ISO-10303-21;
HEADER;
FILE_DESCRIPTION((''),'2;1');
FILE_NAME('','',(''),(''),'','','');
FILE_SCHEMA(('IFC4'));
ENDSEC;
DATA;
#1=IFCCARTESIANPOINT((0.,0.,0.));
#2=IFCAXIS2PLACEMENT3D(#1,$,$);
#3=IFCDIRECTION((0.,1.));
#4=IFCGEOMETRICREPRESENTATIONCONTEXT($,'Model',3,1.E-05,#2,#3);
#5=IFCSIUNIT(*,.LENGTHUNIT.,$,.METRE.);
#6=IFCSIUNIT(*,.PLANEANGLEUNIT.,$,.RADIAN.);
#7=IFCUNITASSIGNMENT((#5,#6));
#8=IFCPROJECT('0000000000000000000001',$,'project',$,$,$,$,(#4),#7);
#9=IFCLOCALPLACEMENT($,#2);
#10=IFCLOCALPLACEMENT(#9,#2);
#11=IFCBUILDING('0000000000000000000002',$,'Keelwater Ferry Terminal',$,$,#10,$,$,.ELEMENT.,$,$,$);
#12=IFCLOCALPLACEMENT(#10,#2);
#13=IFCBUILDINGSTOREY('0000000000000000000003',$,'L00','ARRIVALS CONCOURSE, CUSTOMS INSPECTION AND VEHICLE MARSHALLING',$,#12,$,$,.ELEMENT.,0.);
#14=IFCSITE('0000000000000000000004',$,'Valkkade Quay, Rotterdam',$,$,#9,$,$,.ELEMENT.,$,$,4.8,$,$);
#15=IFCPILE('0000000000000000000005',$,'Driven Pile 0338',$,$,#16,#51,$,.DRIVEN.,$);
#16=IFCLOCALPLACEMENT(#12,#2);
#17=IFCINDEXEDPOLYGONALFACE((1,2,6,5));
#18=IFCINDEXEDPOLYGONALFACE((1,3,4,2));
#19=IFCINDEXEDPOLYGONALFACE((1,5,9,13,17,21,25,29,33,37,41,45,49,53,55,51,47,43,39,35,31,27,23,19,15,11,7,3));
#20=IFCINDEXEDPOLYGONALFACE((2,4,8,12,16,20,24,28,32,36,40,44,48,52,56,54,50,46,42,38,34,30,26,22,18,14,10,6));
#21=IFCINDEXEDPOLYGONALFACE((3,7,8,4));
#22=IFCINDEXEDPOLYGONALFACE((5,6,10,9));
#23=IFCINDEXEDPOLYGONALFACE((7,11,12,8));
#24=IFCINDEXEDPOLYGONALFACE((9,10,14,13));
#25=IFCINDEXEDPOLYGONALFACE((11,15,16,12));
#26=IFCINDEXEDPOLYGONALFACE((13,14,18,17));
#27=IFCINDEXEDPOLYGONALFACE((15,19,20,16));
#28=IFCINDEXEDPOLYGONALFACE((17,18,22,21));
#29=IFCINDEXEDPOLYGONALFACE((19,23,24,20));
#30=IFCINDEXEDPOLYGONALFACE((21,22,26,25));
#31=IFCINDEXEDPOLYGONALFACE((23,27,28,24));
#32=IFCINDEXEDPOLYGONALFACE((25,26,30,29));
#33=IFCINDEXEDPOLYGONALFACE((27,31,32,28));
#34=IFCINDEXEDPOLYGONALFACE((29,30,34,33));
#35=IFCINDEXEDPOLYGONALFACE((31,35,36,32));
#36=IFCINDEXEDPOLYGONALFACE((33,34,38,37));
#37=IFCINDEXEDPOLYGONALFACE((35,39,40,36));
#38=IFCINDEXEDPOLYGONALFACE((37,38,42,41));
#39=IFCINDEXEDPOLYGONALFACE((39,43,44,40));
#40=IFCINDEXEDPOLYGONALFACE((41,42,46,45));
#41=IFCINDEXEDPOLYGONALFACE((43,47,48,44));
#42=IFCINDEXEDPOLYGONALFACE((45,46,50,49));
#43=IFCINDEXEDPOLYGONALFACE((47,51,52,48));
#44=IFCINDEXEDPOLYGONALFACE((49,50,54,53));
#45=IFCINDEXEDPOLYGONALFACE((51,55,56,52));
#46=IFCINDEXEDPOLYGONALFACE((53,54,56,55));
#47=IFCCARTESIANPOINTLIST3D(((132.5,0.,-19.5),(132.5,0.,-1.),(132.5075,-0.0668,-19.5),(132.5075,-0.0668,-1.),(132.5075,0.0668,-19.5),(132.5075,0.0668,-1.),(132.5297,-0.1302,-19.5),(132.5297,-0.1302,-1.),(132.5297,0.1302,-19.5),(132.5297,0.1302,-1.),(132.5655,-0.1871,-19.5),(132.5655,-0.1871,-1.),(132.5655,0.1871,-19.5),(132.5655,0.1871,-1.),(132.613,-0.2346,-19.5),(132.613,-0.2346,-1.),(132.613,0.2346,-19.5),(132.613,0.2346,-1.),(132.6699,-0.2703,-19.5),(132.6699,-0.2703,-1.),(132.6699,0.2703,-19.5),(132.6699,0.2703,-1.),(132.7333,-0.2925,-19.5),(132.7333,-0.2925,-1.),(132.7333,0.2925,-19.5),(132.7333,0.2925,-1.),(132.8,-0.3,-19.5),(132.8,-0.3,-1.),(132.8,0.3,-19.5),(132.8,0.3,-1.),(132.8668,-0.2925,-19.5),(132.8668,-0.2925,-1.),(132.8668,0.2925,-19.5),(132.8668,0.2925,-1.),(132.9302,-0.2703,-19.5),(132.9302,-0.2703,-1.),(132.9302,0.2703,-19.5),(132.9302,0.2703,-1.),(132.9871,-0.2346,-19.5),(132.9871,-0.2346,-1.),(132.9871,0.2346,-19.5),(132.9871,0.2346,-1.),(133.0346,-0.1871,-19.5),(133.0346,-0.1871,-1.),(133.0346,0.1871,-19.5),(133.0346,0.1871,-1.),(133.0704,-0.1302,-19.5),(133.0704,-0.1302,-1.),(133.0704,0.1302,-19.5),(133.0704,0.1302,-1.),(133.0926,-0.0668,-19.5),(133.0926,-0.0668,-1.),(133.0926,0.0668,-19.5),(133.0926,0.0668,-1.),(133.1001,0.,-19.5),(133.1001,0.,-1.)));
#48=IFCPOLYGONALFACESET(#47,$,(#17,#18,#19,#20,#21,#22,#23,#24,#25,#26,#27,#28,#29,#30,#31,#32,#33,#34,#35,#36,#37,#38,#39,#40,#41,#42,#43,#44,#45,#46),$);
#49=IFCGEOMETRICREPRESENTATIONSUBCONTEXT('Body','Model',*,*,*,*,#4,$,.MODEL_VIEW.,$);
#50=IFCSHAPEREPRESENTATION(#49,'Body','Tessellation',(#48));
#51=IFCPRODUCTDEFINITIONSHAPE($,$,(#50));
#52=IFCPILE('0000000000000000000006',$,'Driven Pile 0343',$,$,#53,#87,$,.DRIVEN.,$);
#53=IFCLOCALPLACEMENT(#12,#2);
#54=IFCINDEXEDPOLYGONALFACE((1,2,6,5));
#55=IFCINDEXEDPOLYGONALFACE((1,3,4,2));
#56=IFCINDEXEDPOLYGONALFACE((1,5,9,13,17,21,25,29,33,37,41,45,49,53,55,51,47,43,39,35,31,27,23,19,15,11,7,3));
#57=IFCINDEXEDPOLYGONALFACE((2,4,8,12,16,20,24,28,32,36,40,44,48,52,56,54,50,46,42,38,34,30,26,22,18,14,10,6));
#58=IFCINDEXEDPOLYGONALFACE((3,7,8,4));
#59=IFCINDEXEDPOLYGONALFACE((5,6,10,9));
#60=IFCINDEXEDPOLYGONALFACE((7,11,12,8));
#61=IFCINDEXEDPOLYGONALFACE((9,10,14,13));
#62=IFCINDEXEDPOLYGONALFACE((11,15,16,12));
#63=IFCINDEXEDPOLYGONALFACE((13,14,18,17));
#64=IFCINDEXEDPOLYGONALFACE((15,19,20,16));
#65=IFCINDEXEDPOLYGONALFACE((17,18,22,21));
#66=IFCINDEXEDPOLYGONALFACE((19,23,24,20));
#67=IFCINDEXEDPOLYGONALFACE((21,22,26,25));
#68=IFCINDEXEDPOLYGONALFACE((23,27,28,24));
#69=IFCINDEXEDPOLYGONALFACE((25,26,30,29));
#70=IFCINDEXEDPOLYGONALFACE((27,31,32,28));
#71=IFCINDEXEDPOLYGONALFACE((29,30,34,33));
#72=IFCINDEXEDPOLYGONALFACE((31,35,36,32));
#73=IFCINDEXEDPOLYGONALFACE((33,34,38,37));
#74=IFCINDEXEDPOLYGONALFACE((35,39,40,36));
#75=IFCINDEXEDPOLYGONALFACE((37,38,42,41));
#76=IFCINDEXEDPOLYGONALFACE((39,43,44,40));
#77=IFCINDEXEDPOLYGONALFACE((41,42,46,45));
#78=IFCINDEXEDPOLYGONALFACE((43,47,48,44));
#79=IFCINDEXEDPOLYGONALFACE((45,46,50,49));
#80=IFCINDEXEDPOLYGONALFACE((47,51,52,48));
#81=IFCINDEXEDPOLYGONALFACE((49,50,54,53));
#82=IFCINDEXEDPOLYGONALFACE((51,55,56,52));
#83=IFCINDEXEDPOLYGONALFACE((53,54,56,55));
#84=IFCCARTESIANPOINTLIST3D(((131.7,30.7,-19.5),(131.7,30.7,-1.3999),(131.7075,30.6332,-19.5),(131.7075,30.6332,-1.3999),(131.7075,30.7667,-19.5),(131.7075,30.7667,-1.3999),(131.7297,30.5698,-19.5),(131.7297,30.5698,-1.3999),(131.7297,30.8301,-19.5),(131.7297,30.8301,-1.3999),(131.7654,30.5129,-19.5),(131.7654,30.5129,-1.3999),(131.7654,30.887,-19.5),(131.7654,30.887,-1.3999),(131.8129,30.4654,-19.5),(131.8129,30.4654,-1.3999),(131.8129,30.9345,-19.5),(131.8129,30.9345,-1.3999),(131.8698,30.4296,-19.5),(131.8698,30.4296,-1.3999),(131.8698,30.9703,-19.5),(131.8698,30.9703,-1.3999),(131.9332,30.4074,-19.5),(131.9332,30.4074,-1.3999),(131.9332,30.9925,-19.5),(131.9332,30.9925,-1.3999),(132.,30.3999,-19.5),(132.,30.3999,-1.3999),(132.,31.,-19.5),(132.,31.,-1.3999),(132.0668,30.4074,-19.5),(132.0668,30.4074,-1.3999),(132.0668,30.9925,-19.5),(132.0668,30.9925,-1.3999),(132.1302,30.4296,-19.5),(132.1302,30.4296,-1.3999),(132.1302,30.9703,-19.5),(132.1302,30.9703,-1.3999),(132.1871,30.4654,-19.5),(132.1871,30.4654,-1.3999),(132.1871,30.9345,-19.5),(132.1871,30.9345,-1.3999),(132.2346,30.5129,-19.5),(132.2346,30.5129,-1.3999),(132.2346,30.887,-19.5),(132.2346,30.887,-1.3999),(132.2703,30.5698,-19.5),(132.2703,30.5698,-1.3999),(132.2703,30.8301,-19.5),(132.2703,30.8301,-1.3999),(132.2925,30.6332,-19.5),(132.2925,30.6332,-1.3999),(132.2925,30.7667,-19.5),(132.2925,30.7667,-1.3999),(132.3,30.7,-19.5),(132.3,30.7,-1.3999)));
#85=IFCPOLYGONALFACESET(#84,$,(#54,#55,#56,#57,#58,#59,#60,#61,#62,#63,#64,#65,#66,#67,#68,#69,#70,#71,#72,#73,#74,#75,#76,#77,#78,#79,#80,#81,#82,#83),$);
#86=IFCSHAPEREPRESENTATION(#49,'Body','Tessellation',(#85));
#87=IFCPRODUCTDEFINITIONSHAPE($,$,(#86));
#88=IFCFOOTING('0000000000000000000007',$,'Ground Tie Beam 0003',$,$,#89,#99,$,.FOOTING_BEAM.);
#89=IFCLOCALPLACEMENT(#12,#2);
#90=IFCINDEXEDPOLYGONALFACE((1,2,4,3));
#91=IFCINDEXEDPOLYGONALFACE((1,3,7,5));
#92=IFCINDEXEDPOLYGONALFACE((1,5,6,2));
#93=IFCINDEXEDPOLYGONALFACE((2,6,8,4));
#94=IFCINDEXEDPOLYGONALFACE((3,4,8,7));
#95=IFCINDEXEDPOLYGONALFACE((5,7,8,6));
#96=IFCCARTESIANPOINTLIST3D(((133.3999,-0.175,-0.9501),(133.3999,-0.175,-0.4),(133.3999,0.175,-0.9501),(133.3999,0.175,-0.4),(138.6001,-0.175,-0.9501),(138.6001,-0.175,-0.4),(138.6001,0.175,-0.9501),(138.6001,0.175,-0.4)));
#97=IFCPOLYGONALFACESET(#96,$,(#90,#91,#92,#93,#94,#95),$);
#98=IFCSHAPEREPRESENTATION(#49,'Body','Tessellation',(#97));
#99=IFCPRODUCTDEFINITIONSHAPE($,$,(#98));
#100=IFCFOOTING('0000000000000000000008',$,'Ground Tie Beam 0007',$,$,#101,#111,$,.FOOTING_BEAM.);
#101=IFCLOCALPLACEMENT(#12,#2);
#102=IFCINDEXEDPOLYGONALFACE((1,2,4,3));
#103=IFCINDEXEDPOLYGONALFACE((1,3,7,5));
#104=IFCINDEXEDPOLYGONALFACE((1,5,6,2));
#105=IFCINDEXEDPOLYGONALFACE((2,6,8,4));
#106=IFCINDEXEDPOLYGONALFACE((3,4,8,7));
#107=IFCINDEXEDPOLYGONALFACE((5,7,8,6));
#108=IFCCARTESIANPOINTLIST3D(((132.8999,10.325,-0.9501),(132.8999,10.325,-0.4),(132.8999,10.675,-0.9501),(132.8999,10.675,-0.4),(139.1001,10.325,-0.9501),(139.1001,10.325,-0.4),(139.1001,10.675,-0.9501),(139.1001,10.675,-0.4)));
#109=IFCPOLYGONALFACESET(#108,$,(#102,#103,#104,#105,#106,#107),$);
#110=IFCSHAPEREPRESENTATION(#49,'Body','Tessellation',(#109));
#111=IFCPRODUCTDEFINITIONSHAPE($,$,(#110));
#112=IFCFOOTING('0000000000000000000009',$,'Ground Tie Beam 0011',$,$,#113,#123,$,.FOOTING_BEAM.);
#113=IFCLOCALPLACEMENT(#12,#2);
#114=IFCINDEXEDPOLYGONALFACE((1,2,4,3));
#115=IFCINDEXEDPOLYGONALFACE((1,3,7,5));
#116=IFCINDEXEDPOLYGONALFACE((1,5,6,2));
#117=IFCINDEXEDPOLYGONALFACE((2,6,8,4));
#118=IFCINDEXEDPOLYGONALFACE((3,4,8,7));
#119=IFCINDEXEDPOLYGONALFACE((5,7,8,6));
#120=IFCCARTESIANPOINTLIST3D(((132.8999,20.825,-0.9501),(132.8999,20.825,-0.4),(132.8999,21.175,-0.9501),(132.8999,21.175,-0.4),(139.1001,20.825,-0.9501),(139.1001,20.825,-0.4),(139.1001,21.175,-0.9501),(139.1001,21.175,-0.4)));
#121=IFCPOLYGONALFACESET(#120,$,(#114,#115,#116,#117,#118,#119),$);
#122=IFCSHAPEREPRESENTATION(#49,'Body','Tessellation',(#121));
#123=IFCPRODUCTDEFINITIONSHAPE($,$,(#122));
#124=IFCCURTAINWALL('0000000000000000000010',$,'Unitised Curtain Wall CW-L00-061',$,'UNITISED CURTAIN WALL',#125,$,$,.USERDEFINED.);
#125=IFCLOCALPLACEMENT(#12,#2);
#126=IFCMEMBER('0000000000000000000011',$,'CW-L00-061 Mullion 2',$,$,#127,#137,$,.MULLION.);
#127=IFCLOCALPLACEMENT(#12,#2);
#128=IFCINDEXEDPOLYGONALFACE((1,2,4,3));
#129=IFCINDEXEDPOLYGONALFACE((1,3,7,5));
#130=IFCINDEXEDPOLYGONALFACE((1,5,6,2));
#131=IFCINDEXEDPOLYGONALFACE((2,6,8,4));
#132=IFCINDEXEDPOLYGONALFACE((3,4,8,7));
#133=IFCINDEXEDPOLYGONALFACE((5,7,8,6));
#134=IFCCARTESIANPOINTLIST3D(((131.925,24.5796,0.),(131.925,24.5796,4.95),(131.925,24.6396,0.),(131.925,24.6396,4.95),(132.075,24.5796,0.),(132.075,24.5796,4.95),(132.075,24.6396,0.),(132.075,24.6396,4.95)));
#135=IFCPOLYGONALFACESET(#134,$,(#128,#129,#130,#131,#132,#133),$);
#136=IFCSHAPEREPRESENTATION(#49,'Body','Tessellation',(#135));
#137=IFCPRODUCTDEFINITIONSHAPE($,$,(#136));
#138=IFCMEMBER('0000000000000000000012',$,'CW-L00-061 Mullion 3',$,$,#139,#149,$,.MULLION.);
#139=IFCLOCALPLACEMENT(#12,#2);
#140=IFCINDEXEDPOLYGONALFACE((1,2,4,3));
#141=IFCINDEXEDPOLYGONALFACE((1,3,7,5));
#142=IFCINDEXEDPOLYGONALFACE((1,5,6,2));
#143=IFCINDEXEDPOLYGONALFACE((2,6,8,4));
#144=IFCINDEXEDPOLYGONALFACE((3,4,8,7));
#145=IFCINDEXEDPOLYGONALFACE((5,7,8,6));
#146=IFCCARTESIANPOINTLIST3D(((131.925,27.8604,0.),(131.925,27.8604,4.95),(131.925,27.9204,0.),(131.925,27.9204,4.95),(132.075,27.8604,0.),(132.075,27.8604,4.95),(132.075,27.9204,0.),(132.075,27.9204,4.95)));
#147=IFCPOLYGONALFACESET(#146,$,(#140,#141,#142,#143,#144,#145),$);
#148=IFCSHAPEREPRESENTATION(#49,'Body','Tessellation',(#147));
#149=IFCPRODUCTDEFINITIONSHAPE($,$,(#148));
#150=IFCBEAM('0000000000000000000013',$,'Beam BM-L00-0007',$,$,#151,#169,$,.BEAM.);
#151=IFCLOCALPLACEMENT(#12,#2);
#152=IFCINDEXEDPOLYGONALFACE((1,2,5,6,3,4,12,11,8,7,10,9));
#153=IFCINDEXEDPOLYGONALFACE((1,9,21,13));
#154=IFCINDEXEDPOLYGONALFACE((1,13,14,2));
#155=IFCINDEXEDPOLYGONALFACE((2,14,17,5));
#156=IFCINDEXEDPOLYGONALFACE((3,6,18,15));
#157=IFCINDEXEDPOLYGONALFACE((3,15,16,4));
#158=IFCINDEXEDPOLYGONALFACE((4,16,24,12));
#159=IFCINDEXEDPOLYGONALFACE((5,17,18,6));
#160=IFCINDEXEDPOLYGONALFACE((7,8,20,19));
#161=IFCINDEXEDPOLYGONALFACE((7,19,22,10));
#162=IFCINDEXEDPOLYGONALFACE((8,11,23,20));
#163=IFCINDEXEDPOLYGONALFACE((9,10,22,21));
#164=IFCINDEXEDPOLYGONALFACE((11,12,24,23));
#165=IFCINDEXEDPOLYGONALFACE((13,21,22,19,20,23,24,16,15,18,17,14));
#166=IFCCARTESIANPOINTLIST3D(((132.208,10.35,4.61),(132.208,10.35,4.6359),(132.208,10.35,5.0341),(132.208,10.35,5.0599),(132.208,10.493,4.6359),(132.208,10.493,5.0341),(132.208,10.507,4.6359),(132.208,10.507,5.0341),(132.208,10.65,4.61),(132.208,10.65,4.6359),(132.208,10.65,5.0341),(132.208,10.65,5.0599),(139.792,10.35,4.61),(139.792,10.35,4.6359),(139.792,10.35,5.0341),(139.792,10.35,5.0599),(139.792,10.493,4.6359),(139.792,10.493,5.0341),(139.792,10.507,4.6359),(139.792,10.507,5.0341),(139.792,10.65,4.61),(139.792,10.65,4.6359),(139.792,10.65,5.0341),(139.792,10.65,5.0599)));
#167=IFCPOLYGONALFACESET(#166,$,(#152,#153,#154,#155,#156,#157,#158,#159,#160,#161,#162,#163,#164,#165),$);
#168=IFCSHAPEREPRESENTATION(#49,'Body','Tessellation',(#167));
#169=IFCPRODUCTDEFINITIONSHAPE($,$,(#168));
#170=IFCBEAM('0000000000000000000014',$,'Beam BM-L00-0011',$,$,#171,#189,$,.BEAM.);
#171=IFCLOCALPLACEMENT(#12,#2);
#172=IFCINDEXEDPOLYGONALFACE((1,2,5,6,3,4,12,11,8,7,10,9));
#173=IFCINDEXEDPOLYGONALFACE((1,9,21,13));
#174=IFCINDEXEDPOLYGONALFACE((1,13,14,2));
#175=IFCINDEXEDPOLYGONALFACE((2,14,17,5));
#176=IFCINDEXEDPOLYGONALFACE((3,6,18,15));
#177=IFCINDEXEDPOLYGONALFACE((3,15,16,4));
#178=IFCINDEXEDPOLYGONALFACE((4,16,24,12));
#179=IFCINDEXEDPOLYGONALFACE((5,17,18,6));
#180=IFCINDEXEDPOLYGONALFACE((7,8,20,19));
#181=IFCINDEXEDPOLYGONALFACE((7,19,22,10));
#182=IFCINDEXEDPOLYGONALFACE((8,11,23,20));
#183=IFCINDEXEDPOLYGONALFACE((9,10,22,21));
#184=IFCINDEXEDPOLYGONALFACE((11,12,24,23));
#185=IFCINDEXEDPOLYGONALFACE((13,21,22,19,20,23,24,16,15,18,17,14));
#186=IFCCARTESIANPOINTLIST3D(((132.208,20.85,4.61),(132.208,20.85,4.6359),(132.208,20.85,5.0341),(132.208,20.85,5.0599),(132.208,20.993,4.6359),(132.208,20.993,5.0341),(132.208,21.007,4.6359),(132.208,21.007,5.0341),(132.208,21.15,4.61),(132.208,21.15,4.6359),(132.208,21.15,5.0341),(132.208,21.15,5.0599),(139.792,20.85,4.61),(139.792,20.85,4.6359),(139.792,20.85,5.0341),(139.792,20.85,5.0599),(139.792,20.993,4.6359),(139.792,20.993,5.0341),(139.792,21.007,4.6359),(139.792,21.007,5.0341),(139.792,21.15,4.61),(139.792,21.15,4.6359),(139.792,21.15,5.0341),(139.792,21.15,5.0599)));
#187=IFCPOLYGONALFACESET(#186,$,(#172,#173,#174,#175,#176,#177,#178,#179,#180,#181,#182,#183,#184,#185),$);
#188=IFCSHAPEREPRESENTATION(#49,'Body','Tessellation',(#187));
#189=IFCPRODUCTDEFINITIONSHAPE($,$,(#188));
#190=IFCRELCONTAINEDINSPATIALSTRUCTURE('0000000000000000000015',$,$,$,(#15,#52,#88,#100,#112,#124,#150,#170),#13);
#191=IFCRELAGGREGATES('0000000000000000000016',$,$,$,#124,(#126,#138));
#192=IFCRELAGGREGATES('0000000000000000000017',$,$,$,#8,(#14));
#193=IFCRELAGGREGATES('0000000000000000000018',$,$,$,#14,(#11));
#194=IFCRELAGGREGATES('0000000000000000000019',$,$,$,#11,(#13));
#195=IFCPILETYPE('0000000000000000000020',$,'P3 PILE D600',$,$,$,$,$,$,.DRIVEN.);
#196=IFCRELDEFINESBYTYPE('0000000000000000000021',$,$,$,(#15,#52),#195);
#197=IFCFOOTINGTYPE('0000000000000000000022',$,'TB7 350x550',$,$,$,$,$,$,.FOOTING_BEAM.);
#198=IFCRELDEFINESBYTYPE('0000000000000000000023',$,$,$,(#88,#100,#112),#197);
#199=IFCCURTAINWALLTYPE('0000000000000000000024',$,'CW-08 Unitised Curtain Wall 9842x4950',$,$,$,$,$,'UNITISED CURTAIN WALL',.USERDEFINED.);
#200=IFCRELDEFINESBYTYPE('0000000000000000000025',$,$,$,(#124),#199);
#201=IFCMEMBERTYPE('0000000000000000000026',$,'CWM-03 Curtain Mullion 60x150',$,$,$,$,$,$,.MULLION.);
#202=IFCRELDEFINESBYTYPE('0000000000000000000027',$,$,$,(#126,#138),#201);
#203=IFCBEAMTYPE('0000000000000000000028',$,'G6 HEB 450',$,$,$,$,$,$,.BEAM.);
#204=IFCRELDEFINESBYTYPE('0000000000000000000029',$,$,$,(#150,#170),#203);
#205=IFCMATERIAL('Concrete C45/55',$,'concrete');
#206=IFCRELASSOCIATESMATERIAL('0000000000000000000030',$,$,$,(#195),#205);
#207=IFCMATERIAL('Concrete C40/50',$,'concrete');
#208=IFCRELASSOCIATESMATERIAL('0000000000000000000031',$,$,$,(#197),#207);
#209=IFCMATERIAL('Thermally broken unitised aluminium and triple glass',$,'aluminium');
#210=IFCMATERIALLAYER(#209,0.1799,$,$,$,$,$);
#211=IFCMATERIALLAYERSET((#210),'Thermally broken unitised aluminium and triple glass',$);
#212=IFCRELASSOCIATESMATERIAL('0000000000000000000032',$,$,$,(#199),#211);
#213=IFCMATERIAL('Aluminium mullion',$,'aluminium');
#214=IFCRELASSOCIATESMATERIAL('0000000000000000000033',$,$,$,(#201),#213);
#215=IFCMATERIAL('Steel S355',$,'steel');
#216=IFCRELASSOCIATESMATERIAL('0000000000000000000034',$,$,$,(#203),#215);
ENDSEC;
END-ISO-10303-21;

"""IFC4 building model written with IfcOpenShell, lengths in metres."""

from ifc_helpers import new_model, si_unit, direction, frame, origin, origin_2d, place, context, subcontext, project, spatial, rectangle, circle, i_section, extrude, material, layer, layer_set, material_profile, profile_set, type_object, element, aggregate, save


model = new_model("IFC4")

# Units and contexts
model_context = context("Model", 3, precision=1e-05, world=origin(), true_north=direction((0.0, 1.0)))
body_context = subcontext(model_context, "Body", "Model", "MODEL_VIEW")
ifc_project = project(units=[si_unit("LENGTHUNIT", "METRE"), si_unit("PLANEANGLEUNIT", "RADIAN")], contexts=[model_context])

# Site, building, storey
site_placement = place(None, origin())
site = spatial("IfcSite", under=ifc_project, at=site_placement, Name="Valkkade Quay, Rotterdam", CompositionType="ELEMENT", RefElevation=4.8)
building_placement = place(site_placement, origin())
building = spatial("IfcBuilding", under=site, at=building_placement, Name="Keelwater Ferry Terminal", CompositionType="ELEMENT")
storey_placement = place(building_placement, origin())
storey = spatial("IfcBuildingStorey", under=building, at=storey_placement, Name="L00", Description="ARRIVALS CONCOURSE, CUSTOMS INSPECTION AND VEHICLE MARSHALLING", CompositionType="ELEMENT", Elevation=0.0)

# Piles
ifc_material_1 = material(Name="Concrete C45/55", Category="concrete")
ifc_material_profile_1 = material_profile(ifc_material_1, circle(Radius=0.3, at=origin_2d()), Name="PILE D600")
ifc_profile_set_1 = profile_set([ifc_material_profile_1], Name="Concrete C45/55")
pile_type = type_object("IfcPileType", Name="P3 PILE D600", PredefinedType="DRIVEN", material=ifc_profile_set_1)
pile_1_placement = place(storey_placement, frame((132.8, 0.0, -1.0), z_axis=(0.0, 0.0, -1.0), x_axis=(1.0, 0.0, 0.0)))
element("IfcPile", 1, at=pile_1_placement, inside=storey, type_object=pile_type, Name="Driven Pile 0338", PredefinedType="DRIVEN", context=body_context, shape_type="SweptSolid", body=[
    extrude(circle(Radius=0.3, at=origin_2d()), origin(), (0.0, 0.0, 1.0), 18.5),
])
pile_2_placement = place(storey_placement, frame((132.0, 30.7, -1.3999), z_axis=(0.0, 0.0, -1.0), x_axis=(1.0, 0.0, 0.0)))
element("IfcPile", 2, at=pile_2_placement, inside=storey, type_object=pile_type, Name="Driven Pile 0343", PredefinedType="DRIVEN", context=body_context, shape_type="SweptSolid", body=[
    extrude(circle(Radius=0.3, at=origin_2d()), origin(), (0.0, 0.0, 1.0), 18.1001),
])

# Footings
ifc_material_2 = material(Name="Concrete C40/50", Category="concrete")
ifc_material_profile_2 = material_profile(ifc_material_2, rectangle(XDim=0.3501, YDim=0.55, at=origin_2d()), Name="TB 350x550")
ifc_profile_set_2 = profile_set([ifc_material_profile_2], Name="Concrete C40/50")
footing_type = type_object("IfcFootingType", Name="TB7 350x550", PredefinedType="FOOTING_BEAM", material=ifc_profile_set_2)
footing_placement = place(storey_placement, frame((133.3999, 0.0, -0.675), z_axis=(1.0, 0.0, 0.0), x_axis=(0.0, 1.0, 0.0)))
element("IfcFooting", 3, at=footing_placement, inside=storey, type_object=footing_type, Name="Ground Tie Beam 0003", PredefinedType="FOOTING_BEAM", context=body_context, shape_type="SweptSolid", body=[
    extrude(rectangle(XDim=0.3501, YDim=0.55, at=origin_2d()), origin(), (0.0, 0.0, 1.0), 5.2002),
])
for number, where, z_axis, x_axis, name in (
    (4, (132.8999, 10.5, -0.675), (1.0, 0.0, 0.0), (0.0, 1.0, 0.0), "Ground Tie Beam 0007"),
    (5, (132.8999, 21.0, -0.675), (1.0, 0.0, 0.0), (0.0, 1.0, 0.0), "Ground Tie Beam 0011"),
):
    element("IfcFooting", number, at=place(storey_placement, frame(where, z_axis=z_axis, x_axis=x_axis)), inside=storey, type_object=footing_type, Name=name, PredefinedType="FOOTING_BEAM", context=body_context, shape_type="SweptSolid", body=[
        extrude(rectangle(XDim=0.3501, YDim=0.55, at=origin_2d()), origin(), (0.0, 0.0, 1.0), 6.2002),
    ])

# Curtain wall, members
ifc_material_3 = material(Name="Thermally broken unitised aluminium and triple glass", Category="aluminium")
ifc_layer_1 = layer(ifc_material_3, 0.1799)
ifc_layer_set_1 = layer_set([ifc_layer_1], Name="Thermally broken unitised aluminium and triple glass")
curtain_wall_type = type_object("IfcCurtainWallType", Name="CW-08 Unitised Curtain Wall 9842x4950", ElementType="UNITISED CURTAIN WALL", PredefinedType="USERDEFINED", material=ifc_layer_set_1)
curtain_wall_placement = place(storey_placement, origin())
curtain_wall = element("IfcCurtainWall", 6, at=curtain_wall_placement, inside=storey, type_object=curtain_wall_type, Name="Unitised Curtain Wall CW-L00-061", ObjectType="UNITISED CURTAIN WALL", PredefinedType="USERDEFINED")
ifc_material_4 = material(Name="Aluminium mullion", Category="aluminium")
ifc_material_profile_3 = material_profile(ifc_material_4, rectangle(XDim=0.0601, YDim=0.1499, at=origin_2d()), Name="CWM-03")
ifc_profile_set_3 = profile_set([ifc_material_profile_3], Name="Aluminium mullion")
member_type = type_object("IfcMemberType", Name="CWM-03 Curtain Mullion 60x150", PredefinedType="MULLION", material=ifc_profile_set_3)
member_1_placement = place(storey_placement, frame((132.0, 24.6096, 0.0), z_axis=(0.0, 0.0, 1.0), x_axis=(0.0, 1.0, 0.0)))
member_1 = element("IfcMember", 7, at=member_1_placement, type_object=member_type, Name="CW-L00-061 Mullion 2", PredefinedType="MULLION", context=body_context, shape_type="SweptSolid", body=[
    extrude(rectangle(XDim=0.0601, YDim=0.1499, at=origin_2d()), origin(), (0.0, 0.0, 1.0), 4.95),
])
member_2_placement = place(storey_placement, frame((132.0, 27.8904, 0.0), z_axis=(0.0, 0.0, 1.0), x_axis=(0.0, 1.0, 0.0)))
member_2 = element("IfcMember", 8, at=member_2_placement, type_object=member_type, Name="CW-L00-061 Mullion 3", PredefinedType="MULLION", context=body_context, shape_type="SweptSolid", body=[
    extrude(rectangle(XDim=0.0601, YDim=0.1499, at=origin_2d()), origin(), (0.0, 0.0, 1.0), 4.95),
])

# Beams
ifc_material_5 = material(Name="Steel S355", Category="steel")
ifc_material_profile_4 = material_profile(ifc_material_5, i_section(OverallWidth=0.3, OverallDepth=0.45, WebThickness=0.0139, FlangeThickness=0.0259, at=origin_2d()), Name="HEB 450")
ifc_profile_set_4 = profile_set([ifc_material_profile_4], Name="Steel S355")
beam_type_1 = type_object("IfcBeamType", Name="G6 HEB 450", PredefinedType="BEAM", material=ifc_profile_set_4)
for number, where, z_axis, x_axis, name in (
    (9, (132.208, 10.5, 4.835), (1.0, 0.0, 0.0), (0.0, 1.0, 0.0), "Beam BM-L00-0007"),
    (10, (132.208, 21.0, 4.835), (1.0, 0.0, 0.0), (0.0, 1.0, 0.0), "Beam BM-L00-0011"),
):
    element("IfcBeam", number, at=place(storey_placement, frame(where, z_axis=z_axis, x_axis=x_axis)), inside=storey, type_object=beam_type_1, Name=name, PredefinedType="BEAM", context=body_context, shape_type="SweptSolid", body=[
        extrude(i_section(OverallWidth=0.3, OverallDepth=0.45, WebThickness=0.0139, FlangeThickness=0.0259, at=origin_2d()), origin(), (0.0, 0.0, 1.0), 7.584),
    ])

aggregate(curtain_wall, [member_1, member_2])

save(model, "model.ifc")
